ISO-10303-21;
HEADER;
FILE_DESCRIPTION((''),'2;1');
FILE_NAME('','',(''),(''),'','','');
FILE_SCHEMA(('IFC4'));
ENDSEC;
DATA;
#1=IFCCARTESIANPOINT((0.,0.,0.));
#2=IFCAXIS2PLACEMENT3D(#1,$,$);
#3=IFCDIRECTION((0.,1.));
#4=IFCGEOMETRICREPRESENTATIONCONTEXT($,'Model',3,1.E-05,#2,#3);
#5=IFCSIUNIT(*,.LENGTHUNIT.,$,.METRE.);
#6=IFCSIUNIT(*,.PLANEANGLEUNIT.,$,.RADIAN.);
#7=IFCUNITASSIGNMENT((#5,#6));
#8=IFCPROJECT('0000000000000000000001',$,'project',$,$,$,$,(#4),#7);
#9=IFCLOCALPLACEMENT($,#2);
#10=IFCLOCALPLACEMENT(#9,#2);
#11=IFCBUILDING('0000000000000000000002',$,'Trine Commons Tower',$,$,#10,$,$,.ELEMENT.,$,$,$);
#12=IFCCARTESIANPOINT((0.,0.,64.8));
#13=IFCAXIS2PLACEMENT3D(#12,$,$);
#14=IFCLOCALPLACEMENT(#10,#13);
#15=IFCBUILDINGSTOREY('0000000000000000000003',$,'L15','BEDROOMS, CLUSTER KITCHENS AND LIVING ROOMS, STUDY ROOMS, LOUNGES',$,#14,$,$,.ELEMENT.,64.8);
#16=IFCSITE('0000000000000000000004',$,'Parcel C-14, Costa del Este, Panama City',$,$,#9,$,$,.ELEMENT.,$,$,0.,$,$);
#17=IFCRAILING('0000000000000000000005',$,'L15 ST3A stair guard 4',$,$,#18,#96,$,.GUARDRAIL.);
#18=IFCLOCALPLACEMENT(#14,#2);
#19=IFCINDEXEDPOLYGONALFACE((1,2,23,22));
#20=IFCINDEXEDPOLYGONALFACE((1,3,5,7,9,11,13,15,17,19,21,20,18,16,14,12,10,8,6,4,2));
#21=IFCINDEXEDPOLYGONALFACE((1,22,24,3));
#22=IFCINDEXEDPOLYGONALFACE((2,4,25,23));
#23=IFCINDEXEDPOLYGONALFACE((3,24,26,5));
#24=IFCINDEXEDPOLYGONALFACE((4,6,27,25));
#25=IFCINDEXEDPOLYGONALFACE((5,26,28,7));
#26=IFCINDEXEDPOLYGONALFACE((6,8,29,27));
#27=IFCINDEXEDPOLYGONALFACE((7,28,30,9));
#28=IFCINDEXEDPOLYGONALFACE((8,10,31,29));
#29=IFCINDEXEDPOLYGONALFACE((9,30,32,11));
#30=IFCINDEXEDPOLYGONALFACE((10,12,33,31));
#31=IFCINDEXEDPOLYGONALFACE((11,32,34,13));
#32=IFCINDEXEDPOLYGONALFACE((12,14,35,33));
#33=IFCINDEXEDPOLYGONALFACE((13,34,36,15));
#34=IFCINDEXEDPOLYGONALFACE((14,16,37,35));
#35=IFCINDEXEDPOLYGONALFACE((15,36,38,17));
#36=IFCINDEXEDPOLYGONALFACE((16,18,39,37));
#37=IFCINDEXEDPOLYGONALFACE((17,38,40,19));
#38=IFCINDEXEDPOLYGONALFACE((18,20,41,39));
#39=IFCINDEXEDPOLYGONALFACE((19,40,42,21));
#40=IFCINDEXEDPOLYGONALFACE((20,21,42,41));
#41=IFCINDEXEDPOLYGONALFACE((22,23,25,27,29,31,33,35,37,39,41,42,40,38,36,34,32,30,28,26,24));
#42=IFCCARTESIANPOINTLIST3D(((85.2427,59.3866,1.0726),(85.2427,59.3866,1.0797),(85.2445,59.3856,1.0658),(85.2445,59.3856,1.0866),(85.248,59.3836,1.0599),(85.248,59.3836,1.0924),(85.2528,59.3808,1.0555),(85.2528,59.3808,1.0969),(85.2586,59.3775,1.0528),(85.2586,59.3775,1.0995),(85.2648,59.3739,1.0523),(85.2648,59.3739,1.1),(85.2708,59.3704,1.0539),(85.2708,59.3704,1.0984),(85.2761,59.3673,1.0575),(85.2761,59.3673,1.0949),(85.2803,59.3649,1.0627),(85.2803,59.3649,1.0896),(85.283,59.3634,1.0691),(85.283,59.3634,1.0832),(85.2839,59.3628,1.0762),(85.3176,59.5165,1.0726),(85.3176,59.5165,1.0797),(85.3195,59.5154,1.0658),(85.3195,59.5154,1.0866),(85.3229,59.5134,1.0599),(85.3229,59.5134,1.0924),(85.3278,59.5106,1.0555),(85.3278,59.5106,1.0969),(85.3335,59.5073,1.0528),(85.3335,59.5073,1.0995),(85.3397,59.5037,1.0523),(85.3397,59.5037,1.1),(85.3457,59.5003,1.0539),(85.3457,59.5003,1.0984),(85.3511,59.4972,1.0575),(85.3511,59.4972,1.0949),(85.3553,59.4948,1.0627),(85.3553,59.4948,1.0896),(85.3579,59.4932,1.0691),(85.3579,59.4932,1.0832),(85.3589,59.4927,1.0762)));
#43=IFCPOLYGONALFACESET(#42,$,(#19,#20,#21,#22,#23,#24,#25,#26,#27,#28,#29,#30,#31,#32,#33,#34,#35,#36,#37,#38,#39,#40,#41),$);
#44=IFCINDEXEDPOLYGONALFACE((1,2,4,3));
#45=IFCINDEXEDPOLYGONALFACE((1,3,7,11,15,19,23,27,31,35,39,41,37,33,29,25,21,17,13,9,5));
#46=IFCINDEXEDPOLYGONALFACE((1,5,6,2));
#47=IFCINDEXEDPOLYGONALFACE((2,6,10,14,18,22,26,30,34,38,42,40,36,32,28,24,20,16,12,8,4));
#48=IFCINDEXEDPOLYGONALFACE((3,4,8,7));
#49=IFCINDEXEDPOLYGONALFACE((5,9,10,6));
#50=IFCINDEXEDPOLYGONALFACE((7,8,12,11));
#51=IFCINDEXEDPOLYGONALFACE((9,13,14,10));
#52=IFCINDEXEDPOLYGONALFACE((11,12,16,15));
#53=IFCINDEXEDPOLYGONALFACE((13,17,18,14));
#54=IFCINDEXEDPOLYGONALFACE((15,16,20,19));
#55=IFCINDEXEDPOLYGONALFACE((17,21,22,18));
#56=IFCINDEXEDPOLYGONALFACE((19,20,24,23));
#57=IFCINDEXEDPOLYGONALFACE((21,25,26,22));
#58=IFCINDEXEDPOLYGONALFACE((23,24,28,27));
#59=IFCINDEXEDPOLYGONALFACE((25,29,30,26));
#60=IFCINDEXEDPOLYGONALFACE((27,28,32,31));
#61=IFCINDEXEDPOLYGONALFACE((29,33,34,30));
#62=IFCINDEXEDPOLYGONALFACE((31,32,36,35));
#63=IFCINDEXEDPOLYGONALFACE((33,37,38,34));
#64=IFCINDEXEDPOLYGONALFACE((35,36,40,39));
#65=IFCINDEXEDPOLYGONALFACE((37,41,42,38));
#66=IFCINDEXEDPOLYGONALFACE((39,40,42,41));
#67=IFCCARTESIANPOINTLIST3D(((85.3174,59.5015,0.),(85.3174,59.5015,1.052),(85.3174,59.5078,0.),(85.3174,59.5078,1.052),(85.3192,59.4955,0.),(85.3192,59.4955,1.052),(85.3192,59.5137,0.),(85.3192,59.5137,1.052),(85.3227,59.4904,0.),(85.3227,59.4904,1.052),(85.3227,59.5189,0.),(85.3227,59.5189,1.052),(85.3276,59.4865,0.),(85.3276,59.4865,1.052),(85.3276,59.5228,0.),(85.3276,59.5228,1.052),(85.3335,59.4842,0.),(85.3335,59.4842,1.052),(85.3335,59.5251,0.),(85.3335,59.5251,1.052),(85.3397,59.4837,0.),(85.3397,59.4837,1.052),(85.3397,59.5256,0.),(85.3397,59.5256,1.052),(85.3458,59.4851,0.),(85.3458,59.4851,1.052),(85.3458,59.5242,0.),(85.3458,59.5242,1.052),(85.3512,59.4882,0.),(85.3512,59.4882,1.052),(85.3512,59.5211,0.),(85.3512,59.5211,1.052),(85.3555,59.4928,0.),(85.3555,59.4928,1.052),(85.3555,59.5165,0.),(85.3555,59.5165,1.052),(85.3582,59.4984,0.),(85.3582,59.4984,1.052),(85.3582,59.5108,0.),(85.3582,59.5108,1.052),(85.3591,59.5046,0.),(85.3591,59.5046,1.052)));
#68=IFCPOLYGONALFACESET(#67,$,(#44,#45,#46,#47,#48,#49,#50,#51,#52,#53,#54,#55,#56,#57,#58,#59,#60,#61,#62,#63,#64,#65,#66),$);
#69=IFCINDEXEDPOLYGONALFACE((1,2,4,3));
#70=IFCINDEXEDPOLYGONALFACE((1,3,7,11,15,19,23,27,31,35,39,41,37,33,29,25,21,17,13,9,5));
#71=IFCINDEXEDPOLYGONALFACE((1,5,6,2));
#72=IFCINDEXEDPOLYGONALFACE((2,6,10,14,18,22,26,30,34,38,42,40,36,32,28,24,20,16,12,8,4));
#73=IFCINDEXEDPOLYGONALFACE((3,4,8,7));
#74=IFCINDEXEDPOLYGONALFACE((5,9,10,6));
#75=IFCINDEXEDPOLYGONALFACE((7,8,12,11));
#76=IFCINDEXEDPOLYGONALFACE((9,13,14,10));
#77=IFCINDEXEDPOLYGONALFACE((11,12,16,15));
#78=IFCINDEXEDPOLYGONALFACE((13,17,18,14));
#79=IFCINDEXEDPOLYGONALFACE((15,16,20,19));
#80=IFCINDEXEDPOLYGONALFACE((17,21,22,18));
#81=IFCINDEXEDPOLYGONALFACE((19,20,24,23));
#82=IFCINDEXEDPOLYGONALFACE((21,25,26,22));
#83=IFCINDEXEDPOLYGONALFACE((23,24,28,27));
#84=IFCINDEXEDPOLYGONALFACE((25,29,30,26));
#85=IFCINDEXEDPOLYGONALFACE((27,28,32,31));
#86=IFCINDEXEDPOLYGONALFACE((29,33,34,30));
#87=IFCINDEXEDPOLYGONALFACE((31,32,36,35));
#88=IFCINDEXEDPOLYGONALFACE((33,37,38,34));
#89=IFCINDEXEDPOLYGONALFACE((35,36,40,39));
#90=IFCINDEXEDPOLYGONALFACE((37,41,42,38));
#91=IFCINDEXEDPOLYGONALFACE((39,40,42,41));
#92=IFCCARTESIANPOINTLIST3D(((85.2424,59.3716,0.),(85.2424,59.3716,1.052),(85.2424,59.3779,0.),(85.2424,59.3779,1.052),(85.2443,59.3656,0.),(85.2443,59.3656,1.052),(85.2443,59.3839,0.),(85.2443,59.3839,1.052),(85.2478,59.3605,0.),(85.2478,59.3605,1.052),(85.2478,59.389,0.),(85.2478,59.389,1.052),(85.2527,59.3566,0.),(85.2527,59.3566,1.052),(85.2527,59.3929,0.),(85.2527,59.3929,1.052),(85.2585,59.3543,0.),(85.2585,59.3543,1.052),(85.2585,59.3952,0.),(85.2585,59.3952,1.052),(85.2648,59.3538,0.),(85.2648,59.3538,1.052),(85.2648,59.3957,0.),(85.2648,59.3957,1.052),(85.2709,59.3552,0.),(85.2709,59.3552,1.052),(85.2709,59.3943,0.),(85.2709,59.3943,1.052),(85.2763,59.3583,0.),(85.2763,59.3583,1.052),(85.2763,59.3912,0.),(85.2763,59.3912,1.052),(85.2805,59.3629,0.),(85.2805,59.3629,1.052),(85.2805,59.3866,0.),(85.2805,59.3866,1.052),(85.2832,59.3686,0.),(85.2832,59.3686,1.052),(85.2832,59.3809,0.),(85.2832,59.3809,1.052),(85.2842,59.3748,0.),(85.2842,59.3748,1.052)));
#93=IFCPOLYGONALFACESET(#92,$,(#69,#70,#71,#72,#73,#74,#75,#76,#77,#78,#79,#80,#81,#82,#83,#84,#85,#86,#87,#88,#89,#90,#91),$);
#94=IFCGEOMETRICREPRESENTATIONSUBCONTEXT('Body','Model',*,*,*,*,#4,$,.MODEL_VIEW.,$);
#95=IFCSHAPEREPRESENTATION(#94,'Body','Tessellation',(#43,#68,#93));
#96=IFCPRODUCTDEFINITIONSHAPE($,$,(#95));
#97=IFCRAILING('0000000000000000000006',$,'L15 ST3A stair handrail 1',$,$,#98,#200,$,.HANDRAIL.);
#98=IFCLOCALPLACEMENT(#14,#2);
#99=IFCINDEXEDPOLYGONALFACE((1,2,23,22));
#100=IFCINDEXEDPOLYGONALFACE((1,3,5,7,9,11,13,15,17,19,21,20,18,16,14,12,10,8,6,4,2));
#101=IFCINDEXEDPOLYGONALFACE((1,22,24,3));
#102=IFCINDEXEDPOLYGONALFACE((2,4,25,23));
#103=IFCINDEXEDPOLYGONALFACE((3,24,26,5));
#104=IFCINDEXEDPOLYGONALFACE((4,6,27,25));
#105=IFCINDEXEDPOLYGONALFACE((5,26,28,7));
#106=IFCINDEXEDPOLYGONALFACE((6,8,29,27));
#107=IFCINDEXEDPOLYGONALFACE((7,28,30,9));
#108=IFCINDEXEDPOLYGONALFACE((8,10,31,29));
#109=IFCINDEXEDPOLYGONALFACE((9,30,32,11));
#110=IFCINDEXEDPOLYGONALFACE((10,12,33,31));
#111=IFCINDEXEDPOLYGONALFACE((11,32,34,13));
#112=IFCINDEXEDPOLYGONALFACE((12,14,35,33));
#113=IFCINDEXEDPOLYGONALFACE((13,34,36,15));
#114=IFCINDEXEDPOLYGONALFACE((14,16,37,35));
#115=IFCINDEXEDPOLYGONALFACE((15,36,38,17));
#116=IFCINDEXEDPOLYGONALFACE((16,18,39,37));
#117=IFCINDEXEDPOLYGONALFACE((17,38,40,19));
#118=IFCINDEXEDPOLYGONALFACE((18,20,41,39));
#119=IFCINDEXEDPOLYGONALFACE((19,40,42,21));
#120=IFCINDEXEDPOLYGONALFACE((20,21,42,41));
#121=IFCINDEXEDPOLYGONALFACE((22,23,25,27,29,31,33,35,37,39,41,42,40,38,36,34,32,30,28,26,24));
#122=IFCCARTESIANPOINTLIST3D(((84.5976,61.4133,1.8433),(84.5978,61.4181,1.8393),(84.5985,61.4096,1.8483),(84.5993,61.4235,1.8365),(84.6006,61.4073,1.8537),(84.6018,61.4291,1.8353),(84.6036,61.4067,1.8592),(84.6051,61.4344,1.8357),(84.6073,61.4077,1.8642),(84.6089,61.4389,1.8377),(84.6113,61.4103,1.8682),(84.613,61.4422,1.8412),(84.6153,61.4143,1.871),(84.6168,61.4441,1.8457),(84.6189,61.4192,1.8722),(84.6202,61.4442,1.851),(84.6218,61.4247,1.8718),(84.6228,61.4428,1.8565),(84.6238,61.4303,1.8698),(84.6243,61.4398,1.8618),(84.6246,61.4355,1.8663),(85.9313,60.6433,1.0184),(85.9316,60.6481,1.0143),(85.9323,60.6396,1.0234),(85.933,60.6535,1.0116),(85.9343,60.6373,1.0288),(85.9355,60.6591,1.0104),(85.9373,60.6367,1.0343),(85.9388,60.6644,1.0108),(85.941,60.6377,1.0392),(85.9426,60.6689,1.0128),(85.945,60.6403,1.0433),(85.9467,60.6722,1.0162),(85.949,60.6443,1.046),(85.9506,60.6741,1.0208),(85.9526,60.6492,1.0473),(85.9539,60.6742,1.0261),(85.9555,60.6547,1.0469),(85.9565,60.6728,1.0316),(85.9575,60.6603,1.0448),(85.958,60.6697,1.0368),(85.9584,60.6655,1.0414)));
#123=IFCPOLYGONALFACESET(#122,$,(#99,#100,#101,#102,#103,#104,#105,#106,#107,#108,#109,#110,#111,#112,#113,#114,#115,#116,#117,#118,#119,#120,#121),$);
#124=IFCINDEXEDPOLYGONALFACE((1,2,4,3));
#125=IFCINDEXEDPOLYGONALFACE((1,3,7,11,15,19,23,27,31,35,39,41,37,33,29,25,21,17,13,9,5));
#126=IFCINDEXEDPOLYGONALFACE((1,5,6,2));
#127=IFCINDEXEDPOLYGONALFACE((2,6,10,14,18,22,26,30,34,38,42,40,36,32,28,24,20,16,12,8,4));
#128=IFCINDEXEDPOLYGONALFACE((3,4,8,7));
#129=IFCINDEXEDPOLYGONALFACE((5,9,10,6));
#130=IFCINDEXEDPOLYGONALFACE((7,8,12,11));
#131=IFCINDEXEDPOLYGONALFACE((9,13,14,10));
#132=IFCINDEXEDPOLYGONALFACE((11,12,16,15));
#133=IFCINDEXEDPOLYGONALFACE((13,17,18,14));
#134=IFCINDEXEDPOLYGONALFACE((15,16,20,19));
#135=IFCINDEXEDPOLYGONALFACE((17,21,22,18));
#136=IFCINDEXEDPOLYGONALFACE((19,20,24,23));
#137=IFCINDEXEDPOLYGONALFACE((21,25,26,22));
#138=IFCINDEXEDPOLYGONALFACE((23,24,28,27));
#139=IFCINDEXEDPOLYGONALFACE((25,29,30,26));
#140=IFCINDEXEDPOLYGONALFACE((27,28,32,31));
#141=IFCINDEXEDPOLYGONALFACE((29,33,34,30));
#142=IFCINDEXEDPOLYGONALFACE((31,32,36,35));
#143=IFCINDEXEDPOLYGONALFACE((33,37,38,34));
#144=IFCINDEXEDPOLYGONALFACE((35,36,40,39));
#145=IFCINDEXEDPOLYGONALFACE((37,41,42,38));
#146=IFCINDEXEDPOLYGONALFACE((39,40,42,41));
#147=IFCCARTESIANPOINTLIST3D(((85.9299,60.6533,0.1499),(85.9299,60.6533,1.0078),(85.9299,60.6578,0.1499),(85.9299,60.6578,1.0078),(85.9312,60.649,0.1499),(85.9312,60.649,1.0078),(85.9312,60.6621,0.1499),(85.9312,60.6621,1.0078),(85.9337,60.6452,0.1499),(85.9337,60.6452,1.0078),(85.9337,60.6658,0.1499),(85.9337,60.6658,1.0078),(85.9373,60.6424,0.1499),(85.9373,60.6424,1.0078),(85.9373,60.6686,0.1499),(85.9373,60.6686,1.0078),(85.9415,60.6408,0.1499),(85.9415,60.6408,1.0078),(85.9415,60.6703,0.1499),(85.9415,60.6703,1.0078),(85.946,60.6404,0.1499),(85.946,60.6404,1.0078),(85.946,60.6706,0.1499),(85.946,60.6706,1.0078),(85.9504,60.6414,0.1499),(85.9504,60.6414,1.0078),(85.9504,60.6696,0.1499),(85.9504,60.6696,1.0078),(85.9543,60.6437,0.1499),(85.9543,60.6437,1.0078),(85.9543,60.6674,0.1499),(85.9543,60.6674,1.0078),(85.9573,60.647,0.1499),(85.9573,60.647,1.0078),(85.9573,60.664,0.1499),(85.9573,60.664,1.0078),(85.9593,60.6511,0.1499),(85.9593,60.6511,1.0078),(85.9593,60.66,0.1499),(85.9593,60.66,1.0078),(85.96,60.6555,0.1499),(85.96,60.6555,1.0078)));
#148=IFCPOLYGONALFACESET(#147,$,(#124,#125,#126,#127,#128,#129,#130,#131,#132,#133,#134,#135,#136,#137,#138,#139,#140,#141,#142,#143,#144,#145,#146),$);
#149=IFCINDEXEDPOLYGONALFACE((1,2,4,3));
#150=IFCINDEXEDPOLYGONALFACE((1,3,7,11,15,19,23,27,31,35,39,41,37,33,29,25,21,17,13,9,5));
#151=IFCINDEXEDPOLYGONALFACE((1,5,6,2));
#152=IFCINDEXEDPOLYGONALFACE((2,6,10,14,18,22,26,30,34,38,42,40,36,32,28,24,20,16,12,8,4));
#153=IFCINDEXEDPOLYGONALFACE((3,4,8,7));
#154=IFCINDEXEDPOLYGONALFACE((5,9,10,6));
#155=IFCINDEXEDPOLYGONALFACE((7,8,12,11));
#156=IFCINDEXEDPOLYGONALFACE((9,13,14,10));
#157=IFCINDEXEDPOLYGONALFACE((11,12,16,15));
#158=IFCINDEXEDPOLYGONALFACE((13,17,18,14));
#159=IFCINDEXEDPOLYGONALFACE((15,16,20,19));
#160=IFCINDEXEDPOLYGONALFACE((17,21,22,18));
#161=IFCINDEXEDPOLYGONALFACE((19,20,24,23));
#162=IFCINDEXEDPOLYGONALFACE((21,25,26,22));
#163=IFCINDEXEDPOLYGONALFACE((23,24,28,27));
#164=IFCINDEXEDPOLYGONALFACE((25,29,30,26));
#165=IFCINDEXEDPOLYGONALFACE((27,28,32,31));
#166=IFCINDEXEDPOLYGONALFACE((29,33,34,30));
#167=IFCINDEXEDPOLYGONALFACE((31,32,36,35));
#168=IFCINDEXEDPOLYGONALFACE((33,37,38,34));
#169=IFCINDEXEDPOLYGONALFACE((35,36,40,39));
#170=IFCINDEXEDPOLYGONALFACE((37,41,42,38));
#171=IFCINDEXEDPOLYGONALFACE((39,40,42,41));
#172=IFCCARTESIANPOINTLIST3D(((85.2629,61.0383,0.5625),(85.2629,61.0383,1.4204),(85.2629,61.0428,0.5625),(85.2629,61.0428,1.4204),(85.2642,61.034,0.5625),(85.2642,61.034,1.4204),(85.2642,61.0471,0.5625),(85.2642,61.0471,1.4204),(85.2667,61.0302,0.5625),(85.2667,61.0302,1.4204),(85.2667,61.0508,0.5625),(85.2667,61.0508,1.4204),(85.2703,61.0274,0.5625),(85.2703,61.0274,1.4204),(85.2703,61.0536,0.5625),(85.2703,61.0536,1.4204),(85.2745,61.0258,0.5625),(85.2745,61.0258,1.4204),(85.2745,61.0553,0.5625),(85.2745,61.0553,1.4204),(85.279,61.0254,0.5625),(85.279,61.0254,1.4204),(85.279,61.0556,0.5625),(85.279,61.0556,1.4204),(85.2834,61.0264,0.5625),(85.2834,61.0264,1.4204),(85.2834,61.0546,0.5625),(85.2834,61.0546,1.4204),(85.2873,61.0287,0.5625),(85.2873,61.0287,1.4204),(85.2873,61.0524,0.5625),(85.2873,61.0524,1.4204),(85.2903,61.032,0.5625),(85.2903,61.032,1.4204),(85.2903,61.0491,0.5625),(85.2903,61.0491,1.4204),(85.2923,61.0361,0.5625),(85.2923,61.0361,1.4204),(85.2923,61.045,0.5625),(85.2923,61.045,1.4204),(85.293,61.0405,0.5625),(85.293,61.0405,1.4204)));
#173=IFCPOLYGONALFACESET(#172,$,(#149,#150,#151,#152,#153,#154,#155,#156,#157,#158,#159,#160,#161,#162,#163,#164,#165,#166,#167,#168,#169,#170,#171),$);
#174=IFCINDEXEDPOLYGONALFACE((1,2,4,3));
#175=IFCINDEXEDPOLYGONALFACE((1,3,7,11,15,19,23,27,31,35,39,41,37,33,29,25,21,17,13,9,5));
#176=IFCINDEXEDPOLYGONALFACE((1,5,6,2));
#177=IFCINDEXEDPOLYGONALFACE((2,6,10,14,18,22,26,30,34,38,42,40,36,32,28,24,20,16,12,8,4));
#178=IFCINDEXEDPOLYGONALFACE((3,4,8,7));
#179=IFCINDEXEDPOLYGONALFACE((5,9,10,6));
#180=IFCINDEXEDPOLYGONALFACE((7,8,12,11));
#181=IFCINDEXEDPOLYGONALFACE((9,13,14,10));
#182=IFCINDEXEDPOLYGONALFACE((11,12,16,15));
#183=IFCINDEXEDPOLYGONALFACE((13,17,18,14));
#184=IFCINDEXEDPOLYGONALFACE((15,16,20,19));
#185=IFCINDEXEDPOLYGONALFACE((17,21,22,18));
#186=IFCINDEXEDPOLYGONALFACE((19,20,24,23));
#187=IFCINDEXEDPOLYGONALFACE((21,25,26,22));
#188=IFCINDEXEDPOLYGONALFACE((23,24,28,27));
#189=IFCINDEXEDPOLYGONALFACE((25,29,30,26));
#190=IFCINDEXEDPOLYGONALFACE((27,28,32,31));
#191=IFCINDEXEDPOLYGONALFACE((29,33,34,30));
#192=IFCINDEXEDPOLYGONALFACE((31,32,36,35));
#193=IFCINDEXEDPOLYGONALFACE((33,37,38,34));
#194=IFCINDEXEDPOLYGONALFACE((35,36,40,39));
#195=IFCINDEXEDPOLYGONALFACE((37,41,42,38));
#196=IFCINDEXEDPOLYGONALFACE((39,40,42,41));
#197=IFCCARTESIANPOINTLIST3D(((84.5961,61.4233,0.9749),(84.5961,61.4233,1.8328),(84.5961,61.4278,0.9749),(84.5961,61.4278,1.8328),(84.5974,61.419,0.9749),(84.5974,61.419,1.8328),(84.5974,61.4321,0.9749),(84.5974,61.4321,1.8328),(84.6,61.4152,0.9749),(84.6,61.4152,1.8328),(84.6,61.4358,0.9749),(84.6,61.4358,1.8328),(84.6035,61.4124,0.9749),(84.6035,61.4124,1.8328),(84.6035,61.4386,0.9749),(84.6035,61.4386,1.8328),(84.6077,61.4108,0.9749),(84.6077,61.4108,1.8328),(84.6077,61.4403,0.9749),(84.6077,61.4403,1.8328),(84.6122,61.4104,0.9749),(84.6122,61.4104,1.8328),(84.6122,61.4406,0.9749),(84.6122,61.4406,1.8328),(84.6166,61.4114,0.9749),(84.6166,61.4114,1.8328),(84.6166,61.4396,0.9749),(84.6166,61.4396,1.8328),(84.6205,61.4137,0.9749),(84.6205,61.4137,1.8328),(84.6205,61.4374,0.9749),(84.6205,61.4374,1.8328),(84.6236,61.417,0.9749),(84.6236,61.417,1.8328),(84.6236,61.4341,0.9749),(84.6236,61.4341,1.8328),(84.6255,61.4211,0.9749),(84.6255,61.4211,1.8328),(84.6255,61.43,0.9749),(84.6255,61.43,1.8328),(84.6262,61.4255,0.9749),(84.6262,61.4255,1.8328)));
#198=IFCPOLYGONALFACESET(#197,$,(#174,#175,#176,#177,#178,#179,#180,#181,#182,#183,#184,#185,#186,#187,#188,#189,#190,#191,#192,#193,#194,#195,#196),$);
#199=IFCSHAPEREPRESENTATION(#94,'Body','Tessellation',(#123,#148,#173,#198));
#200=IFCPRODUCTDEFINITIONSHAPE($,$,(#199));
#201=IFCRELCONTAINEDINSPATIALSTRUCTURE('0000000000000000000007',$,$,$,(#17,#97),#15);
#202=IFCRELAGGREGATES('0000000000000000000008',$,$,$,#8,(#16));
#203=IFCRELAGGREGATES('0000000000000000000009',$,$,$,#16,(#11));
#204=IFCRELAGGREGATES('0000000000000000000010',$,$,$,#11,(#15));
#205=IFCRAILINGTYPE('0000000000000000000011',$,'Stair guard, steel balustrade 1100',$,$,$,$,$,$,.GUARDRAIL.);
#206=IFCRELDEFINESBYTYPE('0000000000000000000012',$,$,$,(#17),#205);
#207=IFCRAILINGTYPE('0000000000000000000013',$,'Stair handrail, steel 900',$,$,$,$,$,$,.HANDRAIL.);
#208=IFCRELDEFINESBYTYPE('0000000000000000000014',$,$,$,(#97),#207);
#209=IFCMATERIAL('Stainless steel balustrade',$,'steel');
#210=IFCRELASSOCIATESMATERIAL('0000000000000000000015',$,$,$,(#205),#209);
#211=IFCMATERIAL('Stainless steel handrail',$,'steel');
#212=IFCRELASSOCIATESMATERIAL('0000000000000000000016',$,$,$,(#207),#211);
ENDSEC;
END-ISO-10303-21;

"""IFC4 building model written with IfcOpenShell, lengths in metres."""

from ifc_helpers import new_model, si_unit, direction, frame, origin, origin_2d, place, context, subcontext, project, spatial, circle, extrude, material, type_object, element, save


model = new_model("IFC4")

# Units and contexts
model_context = context("Model", 3, precision=1e-05, world=origin(), true_north=direction((0.0, 1.0)))
body_context = subcontext(model_context, "Body", "Model", "MODEL_VIEW")
ifc_project = project(units=[si_unit("LENGTHUNIT", "METRE"), si_unit("PLANEANGLEUNIT", "RADIAN")], contexts=[model_context])

# Site, building, storey
site_placement = place(None, origin())
site = spatial("IfcSite", under=ifc_project, at=site_placement, Name="Parcel C-14, Costa del Este, Panama City", CompositionType="ELEMENT", RefElevation=0.0)
building_placement = place(site_placement, origin())
building = spatial("IfcBuilding", under=site, at=building_placement, Name="Trine Commons Tower", CompositionType="ELEMENT")
storey_placement = place(building_placement, frame((0.0, 0.0, 64.8)))
storey = spatial("IfcBuildingStorey", under=building, at=storey_placement, Name="L15", Description="BEDROOMS, CLUSTER KITCHENS AND LIVING ROOMS, STUDY ROOMS, LOUNGES", CompositionType="ELEMENT", Elevation=64.8)

# Railings
ifc_material_1 = material(Name="Stainless steel balustrade", Category="steel")
railing_type_1 = type_object("IfcRailingType", Name="Stair guard, steel balustrade 1100", PredefinedType="GUARDRAIL", material=ifc_material_1)
railing_1_placement = place(storey_placement, frame((85.3381, 59.5046, 0.0)))
element("IfcRailing", 1, at=railing_1_placement, inside=storey, type_object=railing_type_1, Name="L15 ST3A stair guard 4", PredefinedType="GUARDRAIL", context=body_context, shape_type="SweptSolid", body=[
    extrude(circle(Radius=0.0239, at=origin_2d()), frame((0.0, 0.0, 1.0762), z_axis=(-0.499816, -0.866131, 0.0), x_axis=(0.866131, -0.499816, 0.0)), (0.0, 0.0, 1.0), 0.1499),
    extrude(circle(Radius=0.021, at=origin_2d()), origin(), (0.0, 0.0, 1.0), 1.052),
    extrude(circle(Radius=0.021, at=origin_2d()), frame((-0.075, -0.1299, 0.0)), (0.0, 0.0, 1.0), 1.052),
])
ifc_material_2 = material(Name="Stainless steel handrail", Category="steel")
railing_type_2 = type_object("IfcRailingType", Name="Stair handrail, steel 900", PredefinedType="HANDRAIL", material=ifc_material_2)
railing_2_placement = place(storey_placement, frame((85.9448, 60.6555, 0.1499)))
element("IfcRailing", 2, at=railing_2_placement, inside=storey, type_object=railing_type_2, Name="L15 ST3A stair handrail 1", PredefinedType="HANDRAIL", context=body_context, shape_type="SweptSolid", body=[
    extrude(circle(Radius=0.021, at=origin_2d()), frame((0.0, 0.0, 0.8789), z_axis=(-0.763405, 0.440743, 0.472185), x_axis=(-0.499992, -0.86603, 0.0)), (0.0, 0.0, 1.0), 1.7471),
    extrude(circle(Radius=0.0151, at=origin_2d()), origin(), (0.0, 0.0, 1.0), 0.8579),
    extrude(circle(Radius=0.0151, at=origin_2d()), frame((-0.667, 0.385, 0.4126)), (0.0, 0.0, 1.0), 0.8579),
    extrude(circle(Radius=0.0151, at=origin_2d()), frame((-1.3337, 0.77, 0.825)), (0.0, 0.0, 1.0), 0.8579),
])

save(model, "model.ifc")
